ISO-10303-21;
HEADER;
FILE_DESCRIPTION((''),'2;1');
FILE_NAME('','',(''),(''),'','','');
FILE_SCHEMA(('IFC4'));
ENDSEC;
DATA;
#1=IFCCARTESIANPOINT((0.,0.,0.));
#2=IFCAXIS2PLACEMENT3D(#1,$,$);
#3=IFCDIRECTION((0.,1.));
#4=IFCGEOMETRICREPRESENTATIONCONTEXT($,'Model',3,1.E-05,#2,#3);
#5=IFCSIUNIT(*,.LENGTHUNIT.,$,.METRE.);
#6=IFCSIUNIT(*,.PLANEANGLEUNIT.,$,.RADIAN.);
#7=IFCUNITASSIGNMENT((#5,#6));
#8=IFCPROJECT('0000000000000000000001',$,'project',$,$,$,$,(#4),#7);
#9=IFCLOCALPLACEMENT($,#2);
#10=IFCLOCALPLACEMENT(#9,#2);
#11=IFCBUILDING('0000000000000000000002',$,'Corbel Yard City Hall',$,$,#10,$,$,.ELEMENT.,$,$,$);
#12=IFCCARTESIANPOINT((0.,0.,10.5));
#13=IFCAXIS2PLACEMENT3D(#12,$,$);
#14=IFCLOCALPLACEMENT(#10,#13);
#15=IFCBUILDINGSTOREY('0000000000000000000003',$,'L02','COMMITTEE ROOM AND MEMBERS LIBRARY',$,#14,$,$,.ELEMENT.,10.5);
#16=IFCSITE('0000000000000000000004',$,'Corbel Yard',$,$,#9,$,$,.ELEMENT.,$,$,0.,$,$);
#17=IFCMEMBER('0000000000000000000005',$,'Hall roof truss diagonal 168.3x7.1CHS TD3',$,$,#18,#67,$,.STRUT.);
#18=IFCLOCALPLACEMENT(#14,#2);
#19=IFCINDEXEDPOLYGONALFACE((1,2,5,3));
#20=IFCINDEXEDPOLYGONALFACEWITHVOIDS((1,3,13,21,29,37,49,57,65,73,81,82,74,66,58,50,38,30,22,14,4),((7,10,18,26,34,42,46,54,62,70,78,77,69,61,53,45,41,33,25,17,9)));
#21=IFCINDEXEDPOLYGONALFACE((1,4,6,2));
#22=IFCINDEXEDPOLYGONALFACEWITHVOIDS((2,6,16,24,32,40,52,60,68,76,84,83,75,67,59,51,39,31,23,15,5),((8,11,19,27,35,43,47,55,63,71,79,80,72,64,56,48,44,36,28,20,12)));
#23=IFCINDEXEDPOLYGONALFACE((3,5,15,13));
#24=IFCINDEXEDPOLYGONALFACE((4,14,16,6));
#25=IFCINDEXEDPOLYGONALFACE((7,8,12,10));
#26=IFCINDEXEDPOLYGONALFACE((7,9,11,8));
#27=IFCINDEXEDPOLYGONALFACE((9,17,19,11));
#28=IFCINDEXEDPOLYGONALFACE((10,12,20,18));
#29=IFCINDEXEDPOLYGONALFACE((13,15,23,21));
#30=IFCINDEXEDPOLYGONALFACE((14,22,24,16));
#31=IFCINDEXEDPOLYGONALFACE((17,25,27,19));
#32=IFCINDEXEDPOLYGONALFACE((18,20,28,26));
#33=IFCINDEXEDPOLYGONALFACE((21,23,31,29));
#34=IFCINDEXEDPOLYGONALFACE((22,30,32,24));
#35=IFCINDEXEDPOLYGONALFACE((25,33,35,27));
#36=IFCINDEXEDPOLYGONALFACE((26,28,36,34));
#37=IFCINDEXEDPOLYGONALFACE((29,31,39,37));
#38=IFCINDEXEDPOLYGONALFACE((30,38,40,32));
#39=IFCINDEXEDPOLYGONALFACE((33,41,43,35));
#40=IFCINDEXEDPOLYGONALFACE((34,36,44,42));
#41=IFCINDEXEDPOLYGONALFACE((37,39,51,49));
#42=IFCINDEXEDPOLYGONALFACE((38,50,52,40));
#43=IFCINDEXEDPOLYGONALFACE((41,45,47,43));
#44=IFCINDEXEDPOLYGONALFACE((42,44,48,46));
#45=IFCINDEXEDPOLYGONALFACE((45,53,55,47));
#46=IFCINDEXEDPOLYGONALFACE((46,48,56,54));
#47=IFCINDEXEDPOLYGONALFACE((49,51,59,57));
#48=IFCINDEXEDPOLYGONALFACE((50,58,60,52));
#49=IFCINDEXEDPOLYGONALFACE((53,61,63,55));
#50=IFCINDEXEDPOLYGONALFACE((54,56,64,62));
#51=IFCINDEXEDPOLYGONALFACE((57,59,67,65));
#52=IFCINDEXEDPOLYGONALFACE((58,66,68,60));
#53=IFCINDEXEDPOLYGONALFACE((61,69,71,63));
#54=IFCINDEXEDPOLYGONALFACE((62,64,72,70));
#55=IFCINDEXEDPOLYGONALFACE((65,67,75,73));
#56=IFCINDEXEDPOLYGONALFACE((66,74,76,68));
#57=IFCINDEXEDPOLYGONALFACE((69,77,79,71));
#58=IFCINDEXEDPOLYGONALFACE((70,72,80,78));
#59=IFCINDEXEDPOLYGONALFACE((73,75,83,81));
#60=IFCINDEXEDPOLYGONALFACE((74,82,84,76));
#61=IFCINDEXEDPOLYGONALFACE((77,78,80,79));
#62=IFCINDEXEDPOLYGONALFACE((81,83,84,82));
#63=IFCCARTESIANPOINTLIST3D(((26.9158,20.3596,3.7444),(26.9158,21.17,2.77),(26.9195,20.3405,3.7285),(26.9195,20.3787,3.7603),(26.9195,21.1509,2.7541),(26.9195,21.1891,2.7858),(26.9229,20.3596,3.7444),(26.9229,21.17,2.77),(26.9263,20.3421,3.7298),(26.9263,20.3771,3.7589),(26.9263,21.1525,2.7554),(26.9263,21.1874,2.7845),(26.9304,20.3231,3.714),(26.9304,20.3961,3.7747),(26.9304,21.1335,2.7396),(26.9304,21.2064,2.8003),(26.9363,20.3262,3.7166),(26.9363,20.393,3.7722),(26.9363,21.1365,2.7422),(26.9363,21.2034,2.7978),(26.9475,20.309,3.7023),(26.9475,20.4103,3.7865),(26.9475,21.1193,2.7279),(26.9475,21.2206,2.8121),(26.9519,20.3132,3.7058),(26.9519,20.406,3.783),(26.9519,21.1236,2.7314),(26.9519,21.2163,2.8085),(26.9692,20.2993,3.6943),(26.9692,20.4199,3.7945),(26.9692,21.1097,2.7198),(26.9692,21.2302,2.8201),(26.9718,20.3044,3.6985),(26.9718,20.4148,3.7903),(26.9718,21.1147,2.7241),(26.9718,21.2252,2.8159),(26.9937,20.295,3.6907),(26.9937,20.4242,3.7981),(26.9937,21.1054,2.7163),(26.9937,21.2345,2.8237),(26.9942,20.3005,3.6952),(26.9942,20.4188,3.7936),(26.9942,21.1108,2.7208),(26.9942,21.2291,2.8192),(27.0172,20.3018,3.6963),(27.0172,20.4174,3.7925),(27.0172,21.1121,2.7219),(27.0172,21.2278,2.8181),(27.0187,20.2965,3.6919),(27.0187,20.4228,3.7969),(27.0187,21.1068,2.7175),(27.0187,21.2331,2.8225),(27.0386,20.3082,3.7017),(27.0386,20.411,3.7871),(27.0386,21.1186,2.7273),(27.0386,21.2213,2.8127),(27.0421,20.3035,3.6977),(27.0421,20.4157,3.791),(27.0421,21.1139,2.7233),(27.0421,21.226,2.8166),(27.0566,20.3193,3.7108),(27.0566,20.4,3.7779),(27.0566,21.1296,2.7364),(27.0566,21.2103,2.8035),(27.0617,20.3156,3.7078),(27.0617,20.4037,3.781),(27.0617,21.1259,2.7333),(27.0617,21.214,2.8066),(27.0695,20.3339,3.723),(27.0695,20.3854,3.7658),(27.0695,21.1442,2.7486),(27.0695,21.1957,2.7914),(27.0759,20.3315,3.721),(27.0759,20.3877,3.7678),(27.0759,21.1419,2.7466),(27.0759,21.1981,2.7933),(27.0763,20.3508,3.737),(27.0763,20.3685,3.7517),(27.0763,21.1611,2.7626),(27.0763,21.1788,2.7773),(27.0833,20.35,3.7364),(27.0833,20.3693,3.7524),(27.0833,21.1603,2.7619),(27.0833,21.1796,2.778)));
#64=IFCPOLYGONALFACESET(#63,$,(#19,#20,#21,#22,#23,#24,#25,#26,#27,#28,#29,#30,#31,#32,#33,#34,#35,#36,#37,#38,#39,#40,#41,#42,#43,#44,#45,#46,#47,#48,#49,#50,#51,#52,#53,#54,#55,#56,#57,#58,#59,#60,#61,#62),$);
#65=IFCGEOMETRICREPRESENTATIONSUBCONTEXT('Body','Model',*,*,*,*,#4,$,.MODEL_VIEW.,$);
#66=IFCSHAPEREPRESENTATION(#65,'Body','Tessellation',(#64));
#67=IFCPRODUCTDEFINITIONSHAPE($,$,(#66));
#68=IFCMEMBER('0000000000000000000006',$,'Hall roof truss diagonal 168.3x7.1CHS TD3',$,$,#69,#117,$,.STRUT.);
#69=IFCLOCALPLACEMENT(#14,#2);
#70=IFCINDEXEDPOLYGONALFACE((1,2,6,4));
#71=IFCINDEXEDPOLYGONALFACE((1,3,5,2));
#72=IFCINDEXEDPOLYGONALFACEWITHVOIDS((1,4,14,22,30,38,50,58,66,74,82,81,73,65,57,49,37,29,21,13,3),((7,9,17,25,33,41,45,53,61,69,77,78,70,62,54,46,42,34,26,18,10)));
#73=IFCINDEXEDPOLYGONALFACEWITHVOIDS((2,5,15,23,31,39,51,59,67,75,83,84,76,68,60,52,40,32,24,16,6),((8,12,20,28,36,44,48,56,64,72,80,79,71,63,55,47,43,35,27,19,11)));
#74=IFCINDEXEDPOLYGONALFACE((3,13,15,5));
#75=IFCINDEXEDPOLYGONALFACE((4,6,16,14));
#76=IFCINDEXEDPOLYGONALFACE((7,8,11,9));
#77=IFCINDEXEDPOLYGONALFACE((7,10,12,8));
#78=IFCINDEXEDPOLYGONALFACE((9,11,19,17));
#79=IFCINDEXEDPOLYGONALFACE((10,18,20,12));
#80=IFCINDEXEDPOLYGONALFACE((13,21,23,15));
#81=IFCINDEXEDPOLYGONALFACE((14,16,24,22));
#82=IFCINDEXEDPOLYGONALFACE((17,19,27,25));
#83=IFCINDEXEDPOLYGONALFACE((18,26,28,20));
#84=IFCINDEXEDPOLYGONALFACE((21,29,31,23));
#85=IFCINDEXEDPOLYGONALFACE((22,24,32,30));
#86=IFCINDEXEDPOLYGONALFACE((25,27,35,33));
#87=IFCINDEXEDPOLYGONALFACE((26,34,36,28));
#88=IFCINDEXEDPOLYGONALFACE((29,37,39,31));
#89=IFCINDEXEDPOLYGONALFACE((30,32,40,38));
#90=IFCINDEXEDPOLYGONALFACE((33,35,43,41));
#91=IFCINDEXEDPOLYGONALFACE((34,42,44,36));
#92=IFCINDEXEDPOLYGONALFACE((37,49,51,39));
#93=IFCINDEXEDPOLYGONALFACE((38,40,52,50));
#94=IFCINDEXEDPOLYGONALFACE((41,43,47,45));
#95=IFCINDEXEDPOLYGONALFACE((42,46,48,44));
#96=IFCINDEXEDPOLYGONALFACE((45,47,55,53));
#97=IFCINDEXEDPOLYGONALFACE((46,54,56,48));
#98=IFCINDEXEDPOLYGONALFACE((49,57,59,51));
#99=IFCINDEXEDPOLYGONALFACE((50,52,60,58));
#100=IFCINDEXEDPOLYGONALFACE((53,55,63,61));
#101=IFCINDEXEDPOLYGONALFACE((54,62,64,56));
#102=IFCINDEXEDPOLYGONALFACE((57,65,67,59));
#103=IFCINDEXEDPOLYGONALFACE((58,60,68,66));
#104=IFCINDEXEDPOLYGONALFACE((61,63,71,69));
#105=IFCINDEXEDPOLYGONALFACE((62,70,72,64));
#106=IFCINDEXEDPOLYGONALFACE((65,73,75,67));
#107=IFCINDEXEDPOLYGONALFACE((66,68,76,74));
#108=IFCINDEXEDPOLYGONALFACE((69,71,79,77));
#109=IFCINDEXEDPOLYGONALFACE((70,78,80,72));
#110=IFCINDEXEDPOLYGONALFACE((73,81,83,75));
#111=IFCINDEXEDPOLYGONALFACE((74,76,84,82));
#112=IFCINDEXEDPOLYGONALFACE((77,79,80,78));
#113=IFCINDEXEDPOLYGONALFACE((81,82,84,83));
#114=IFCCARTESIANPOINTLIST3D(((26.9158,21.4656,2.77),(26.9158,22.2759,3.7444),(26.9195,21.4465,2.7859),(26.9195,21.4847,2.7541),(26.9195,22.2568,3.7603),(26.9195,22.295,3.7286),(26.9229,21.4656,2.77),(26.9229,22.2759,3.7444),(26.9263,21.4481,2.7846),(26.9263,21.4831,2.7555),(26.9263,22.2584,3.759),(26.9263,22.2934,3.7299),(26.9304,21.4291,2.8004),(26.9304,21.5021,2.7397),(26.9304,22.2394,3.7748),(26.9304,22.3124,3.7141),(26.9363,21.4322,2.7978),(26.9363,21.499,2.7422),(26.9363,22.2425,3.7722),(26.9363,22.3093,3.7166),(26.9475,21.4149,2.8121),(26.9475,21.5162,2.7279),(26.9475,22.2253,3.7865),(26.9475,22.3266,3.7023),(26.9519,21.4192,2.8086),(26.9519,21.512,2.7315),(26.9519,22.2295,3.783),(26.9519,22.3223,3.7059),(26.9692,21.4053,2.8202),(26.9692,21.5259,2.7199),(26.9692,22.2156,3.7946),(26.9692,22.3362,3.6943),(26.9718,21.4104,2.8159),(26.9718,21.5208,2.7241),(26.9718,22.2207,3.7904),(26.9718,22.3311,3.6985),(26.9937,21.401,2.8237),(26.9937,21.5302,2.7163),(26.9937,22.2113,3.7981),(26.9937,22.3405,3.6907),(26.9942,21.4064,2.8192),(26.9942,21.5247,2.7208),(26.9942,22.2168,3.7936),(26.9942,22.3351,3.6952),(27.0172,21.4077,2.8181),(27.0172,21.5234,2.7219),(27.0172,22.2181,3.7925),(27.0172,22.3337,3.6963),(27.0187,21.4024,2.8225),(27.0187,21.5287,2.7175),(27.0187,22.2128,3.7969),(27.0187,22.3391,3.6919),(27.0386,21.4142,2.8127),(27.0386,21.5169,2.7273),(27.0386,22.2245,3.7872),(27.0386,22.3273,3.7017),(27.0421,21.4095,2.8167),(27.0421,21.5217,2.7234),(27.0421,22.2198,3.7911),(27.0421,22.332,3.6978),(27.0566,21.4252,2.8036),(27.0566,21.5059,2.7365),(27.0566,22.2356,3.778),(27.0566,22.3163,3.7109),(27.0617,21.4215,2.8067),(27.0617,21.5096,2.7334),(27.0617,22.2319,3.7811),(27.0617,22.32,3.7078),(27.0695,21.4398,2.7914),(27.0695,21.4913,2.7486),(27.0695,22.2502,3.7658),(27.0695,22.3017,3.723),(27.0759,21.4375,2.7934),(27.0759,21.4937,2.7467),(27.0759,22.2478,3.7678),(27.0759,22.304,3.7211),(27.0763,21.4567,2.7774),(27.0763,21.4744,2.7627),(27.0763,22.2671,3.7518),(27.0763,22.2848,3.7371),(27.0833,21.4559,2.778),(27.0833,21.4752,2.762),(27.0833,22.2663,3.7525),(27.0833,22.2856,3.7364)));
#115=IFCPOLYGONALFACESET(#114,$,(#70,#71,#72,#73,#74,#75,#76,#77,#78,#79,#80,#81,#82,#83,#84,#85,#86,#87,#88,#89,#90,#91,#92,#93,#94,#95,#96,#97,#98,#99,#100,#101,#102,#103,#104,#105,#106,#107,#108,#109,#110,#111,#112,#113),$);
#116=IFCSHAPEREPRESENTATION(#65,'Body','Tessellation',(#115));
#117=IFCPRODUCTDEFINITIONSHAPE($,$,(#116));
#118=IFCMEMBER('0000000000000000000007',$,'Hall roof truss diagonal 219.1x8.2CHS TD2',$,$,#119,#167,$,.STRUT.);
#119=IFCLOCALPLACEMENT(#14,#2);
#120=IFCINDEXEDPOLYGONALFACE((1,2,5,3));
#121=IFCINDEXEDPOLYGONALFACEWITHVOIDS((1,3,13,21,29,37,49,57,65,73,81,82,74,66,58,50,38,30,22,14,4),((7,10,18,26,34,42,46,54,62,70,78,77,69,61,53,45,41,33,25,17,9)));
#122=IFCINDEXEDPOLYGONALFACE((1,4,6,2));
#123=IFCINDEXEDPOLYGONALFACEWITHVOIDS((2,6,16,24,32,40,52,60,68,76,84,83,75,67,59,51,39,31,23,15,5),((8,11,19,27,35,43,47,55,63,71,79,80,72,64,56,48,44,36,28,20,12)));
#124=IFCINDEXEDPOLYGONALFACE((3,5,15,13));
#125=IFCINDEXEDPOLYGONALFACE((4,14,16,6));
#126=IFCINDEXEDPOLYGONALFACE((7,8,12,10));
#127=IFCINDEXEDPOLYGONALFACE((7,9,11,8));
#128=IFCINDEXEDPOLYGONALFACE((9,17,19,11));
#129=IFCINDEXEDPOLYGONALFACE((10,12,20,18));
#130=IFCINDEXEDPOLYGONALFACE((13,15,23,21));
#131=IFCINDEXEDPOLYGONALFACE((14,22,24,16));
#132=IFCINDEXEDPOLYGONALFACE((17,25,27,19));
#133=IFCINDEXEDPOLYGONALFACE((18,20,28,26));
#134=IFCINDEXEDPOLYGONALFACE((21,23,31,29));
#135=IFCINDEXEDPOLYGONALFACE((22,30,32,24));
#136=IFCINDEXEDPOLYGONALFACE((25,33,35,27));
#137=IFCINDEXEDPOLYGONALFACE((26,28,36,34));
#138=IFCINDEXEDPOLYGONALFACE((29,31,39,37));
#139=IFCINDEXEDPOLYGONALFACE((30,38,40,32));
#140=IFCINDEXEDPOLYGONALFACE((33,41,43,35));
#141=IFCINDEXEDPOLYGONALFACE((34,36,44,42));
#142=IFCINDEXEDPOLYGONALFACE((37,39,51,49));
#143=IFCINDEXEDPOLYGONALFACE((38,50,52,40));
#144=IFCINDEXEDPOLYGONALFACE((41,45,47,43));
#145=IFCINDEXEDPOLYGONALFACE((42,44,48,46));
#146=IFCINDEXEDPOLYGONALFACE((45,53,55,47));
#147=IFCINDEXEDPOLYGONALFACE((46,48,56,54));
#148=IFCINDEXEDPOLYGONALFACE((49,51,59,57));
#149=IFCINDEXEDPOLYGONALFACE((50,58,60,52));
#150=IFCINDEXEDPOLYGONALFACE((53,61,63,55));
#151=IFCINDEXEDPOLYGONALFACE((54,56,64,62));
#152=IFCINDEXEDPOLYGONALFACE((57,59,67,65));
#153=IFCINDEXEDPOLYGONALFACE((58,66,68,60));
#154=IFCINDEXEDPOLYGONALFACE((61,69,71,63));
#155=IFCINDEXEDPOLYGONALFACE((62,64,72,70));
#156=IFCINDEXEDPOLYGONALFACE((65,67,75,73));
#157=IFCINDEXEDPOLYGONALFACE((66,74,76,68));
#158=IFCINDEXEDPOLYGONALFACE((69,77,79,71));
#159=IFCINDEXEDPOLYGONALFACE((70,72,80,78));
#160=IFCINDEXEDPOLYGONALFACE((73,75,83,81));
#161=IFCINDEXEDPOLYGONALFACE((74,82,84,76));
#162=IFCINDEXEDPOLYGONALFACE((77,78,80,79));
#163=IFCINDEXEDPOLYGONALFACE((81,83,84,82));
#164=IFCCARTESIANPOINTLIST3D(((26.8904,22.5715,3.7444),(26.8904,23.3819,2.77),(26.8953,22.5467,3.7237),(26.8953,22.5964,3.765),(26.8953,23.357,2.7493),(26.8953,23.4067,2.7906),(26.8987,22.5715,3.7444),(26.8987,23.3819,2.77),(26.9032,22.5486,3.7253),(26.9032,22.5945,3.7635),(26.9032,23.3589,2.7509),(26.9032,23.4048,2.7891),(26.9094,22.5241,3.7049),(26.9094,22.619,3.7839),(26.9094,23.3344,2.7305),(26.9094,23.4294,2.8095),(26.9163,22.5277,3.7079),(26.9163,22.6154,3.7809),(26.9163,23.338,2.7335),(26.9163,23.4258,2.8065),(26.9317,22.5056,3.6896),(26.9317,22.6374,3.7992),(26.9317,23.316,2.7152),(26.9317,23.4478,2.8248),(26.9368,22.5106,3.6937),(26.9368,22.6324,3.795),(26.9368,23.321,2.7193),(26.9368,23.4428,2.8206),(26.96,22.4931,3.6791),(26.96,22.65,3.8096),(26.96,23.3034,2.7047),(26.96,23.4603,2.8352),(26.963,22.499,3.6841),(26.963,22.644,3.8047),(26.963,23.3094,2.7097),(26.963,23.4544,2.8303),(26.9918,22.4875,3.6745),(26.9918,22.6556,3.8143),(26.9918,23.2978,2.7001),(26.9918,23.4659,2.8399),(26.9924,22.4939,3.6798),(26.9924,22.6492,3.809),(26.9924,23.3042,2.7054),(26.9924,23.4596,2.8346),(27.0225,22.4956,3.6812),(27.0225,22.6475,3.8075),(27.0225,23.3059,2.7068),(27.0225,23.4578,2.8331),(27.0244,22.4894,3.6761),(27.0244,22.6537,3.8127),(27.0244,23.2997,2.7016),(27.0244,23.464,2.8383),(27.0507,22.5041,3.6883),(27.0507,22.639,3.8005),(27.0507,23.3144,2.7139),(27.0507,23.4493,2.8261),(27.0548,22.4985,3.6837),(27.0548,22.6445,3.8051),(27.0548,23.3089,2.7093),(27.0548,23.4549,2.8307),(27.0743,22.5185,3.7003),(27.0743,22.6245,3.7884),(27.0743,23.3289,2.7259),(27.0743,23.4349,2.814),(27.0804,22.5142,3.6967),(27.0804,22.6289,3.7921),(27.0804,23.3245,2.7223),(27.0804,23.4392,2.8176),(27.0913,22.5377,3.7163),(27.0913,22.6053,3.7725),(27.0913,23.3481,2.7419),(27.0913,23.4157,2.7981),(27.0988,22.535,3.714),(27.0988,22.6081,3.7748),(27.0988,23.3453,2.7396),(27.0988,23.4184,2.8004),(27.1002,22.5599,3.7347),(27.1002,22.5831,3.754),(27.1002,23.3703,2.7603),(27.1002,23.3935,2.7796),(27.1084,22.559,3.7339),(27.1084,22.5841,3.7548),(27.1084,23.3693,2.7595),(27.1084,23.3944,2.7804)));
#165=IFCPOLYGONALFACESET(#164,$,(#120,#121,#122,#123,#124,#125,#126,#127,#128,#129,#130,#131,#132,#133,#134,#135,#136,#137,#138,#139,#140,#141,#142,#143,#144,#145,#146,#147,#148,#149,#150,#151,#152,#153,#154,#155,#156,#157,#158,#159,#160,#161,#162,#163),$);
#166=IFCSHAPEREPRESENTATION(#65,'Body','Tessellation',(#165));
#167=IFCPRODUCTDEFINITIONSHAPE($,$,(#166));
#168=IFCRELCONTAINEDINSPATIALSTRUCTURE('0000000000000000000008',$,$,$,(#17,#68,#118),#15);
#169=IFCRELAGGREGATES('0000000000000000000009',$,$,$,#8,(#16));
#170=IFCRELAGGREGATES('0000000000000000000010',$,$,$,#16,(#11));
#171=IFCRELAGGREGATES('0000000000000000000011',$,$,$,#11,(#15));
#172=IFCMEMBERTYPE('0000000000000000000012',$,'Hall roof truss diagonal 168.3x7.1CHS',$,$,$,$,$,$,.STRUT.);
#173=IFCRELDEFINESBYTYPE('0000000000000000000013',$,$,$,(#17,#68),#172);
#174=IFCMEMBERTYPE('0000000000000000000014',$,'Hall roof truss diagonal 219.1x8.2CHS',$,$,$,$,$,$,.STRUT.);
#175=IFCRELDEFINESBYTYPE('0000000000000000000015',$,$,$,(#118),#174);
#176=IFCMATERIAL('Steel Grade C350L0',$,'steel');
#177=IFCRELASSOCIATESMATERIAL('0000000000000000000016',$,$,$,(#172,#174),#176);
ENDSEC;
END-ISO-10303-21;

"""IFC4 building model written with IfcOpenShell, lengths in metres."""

from ifc_helpers import new_model, si_unit, direction, frame, origin, origin_2d, place, context, subcontext, project, spatial, hollow_circle, extrude, material, material_profile, profile_set, type_object, element, save


model = new_model("IFC4")

# Units and contexts
model_context = context("Model", 3, precision=1e-05, world=origin(), true_north=direction((0.0, 1.0)))
body_context = subcontext(model_context, "Body", "Model", "MODEL_VIEW")
ifc_project = project(units=[si_unit("LENGTHUNIT", "METRE"), si_unit("PLANEANGLEUNIT", "RADIAN")], contexts=[model_context])

# Site, building, storey
site_placement = place(None, origin())
site = spatial("IfcSite", under=ifc_project, at=site_placement, Name="Corbel Yard", CompositionType="ELEMENT", RefElevation=0.0)
building_placement = place(site_placement, origin())
building = spatial("IfcBuilding", under=site, at=building_placement, Name="Corbel Yard City Hall", CompositionType="ELEMENT")
storey_placement = place(building_placement, frame((0.0, 0.0, 10.5)))
storey = spatial("IfcBuildingStorey", under=building, at=storey_placement, Name="L02", Description="COMMITTEE ROOM AND MEMBERS LIBRARY", CompositionType="ELEMENT", Elevation=10.5)

# Members
ifc_material_1 = material(Name="Steel Grade C350L0", Category="steel")
ifc_material_profile_1 = material_profile(ifc_material_1, hollow_circle(Radius=0.0842, WallThickness=0.0071, at=origin_2d()), Name="168.3x7.1CHS")
ifc_profile_set_1 = profile_set([ifc_material_profile_1], Name="Steel Grade C350L0")
member_type_1 = type_object("IfcMemberType", Name="Hall roof truss diagonal 168.3x7.1CHS", PredefinedType="STRUT", material=ifc_profile_set_1)
for number, where, z_axis, x_axis, name in (
    (1, (27.0, 20.3596, 3.7444), (0.0, 0.639407, -0.768868), (-1.0, 0.0, 0.0), "Hall roof truss diagonal 168.3x7.1CHS TD3"),
    (2, (27.0, 21.4656, 2.77), (0.0, 0.639407, 0.768868), (-1.0, 0.0, 0.0), "Hall roof truss diagonal 168.3x7.1CHS TD3"),
):
    element("IfcMember", number, at=place(storey_placement, frame(where, z_axis=z_axis, x_axis=x_axis)), inside=storey, type_object=member_type_1, Name=name, PredefinedType="STRUT", context=body_context, shape_type="SweptSolid", body=[
        extrude(hollow_circle(Radius=0.0842, WallThickness=0.0071, at=origin_2d()), origin(), (0.0, 0.0, 1.0), 1.2673),
    ])
ifc_material_profile_2 = material_profile(ifc_material_1, hollow_circle(Radius=0.1096, WallThickness=0.0083, at=origin_2d()), Name="219.1x8.2CHS")
ifc_profile_set_2 = profile_set([ifc_material_profile_2], Name="Steel Grade C350L0")
member_type_2 = type_object("IfcMemberType", Name="Hall roof truss diagonal 219.1x8.2CHS", PredefinedType="STRUT", material=ifc_profile_set_2)
for number, where, z_axis, x_axis, name in (
    (3, (27.0, 22.5715, 3.7444), (0.0, 0.639407, -0.768868), (-1.0, 0.0, 0.0), "Hall roof truss diagonal 219.1x8.2CHS TD2"),
):
    element("IfcMember", number, at=place(storey_placement, frame(where, z_axis=z_axis, x_axis=x_axis)), inside=storey, type_object=member_type_2, Name=name, PredefinedType="STRUT", context=body_context, shape_type="SweptSolid", body=[
        extrude(hollow_circle(Radius=0.1096, WallThickness=0.0083, at=origin_2d()), origin(), (0.0, 0.0, 1.0), 1.2673),
    ])

save(model, "model.ifc")
